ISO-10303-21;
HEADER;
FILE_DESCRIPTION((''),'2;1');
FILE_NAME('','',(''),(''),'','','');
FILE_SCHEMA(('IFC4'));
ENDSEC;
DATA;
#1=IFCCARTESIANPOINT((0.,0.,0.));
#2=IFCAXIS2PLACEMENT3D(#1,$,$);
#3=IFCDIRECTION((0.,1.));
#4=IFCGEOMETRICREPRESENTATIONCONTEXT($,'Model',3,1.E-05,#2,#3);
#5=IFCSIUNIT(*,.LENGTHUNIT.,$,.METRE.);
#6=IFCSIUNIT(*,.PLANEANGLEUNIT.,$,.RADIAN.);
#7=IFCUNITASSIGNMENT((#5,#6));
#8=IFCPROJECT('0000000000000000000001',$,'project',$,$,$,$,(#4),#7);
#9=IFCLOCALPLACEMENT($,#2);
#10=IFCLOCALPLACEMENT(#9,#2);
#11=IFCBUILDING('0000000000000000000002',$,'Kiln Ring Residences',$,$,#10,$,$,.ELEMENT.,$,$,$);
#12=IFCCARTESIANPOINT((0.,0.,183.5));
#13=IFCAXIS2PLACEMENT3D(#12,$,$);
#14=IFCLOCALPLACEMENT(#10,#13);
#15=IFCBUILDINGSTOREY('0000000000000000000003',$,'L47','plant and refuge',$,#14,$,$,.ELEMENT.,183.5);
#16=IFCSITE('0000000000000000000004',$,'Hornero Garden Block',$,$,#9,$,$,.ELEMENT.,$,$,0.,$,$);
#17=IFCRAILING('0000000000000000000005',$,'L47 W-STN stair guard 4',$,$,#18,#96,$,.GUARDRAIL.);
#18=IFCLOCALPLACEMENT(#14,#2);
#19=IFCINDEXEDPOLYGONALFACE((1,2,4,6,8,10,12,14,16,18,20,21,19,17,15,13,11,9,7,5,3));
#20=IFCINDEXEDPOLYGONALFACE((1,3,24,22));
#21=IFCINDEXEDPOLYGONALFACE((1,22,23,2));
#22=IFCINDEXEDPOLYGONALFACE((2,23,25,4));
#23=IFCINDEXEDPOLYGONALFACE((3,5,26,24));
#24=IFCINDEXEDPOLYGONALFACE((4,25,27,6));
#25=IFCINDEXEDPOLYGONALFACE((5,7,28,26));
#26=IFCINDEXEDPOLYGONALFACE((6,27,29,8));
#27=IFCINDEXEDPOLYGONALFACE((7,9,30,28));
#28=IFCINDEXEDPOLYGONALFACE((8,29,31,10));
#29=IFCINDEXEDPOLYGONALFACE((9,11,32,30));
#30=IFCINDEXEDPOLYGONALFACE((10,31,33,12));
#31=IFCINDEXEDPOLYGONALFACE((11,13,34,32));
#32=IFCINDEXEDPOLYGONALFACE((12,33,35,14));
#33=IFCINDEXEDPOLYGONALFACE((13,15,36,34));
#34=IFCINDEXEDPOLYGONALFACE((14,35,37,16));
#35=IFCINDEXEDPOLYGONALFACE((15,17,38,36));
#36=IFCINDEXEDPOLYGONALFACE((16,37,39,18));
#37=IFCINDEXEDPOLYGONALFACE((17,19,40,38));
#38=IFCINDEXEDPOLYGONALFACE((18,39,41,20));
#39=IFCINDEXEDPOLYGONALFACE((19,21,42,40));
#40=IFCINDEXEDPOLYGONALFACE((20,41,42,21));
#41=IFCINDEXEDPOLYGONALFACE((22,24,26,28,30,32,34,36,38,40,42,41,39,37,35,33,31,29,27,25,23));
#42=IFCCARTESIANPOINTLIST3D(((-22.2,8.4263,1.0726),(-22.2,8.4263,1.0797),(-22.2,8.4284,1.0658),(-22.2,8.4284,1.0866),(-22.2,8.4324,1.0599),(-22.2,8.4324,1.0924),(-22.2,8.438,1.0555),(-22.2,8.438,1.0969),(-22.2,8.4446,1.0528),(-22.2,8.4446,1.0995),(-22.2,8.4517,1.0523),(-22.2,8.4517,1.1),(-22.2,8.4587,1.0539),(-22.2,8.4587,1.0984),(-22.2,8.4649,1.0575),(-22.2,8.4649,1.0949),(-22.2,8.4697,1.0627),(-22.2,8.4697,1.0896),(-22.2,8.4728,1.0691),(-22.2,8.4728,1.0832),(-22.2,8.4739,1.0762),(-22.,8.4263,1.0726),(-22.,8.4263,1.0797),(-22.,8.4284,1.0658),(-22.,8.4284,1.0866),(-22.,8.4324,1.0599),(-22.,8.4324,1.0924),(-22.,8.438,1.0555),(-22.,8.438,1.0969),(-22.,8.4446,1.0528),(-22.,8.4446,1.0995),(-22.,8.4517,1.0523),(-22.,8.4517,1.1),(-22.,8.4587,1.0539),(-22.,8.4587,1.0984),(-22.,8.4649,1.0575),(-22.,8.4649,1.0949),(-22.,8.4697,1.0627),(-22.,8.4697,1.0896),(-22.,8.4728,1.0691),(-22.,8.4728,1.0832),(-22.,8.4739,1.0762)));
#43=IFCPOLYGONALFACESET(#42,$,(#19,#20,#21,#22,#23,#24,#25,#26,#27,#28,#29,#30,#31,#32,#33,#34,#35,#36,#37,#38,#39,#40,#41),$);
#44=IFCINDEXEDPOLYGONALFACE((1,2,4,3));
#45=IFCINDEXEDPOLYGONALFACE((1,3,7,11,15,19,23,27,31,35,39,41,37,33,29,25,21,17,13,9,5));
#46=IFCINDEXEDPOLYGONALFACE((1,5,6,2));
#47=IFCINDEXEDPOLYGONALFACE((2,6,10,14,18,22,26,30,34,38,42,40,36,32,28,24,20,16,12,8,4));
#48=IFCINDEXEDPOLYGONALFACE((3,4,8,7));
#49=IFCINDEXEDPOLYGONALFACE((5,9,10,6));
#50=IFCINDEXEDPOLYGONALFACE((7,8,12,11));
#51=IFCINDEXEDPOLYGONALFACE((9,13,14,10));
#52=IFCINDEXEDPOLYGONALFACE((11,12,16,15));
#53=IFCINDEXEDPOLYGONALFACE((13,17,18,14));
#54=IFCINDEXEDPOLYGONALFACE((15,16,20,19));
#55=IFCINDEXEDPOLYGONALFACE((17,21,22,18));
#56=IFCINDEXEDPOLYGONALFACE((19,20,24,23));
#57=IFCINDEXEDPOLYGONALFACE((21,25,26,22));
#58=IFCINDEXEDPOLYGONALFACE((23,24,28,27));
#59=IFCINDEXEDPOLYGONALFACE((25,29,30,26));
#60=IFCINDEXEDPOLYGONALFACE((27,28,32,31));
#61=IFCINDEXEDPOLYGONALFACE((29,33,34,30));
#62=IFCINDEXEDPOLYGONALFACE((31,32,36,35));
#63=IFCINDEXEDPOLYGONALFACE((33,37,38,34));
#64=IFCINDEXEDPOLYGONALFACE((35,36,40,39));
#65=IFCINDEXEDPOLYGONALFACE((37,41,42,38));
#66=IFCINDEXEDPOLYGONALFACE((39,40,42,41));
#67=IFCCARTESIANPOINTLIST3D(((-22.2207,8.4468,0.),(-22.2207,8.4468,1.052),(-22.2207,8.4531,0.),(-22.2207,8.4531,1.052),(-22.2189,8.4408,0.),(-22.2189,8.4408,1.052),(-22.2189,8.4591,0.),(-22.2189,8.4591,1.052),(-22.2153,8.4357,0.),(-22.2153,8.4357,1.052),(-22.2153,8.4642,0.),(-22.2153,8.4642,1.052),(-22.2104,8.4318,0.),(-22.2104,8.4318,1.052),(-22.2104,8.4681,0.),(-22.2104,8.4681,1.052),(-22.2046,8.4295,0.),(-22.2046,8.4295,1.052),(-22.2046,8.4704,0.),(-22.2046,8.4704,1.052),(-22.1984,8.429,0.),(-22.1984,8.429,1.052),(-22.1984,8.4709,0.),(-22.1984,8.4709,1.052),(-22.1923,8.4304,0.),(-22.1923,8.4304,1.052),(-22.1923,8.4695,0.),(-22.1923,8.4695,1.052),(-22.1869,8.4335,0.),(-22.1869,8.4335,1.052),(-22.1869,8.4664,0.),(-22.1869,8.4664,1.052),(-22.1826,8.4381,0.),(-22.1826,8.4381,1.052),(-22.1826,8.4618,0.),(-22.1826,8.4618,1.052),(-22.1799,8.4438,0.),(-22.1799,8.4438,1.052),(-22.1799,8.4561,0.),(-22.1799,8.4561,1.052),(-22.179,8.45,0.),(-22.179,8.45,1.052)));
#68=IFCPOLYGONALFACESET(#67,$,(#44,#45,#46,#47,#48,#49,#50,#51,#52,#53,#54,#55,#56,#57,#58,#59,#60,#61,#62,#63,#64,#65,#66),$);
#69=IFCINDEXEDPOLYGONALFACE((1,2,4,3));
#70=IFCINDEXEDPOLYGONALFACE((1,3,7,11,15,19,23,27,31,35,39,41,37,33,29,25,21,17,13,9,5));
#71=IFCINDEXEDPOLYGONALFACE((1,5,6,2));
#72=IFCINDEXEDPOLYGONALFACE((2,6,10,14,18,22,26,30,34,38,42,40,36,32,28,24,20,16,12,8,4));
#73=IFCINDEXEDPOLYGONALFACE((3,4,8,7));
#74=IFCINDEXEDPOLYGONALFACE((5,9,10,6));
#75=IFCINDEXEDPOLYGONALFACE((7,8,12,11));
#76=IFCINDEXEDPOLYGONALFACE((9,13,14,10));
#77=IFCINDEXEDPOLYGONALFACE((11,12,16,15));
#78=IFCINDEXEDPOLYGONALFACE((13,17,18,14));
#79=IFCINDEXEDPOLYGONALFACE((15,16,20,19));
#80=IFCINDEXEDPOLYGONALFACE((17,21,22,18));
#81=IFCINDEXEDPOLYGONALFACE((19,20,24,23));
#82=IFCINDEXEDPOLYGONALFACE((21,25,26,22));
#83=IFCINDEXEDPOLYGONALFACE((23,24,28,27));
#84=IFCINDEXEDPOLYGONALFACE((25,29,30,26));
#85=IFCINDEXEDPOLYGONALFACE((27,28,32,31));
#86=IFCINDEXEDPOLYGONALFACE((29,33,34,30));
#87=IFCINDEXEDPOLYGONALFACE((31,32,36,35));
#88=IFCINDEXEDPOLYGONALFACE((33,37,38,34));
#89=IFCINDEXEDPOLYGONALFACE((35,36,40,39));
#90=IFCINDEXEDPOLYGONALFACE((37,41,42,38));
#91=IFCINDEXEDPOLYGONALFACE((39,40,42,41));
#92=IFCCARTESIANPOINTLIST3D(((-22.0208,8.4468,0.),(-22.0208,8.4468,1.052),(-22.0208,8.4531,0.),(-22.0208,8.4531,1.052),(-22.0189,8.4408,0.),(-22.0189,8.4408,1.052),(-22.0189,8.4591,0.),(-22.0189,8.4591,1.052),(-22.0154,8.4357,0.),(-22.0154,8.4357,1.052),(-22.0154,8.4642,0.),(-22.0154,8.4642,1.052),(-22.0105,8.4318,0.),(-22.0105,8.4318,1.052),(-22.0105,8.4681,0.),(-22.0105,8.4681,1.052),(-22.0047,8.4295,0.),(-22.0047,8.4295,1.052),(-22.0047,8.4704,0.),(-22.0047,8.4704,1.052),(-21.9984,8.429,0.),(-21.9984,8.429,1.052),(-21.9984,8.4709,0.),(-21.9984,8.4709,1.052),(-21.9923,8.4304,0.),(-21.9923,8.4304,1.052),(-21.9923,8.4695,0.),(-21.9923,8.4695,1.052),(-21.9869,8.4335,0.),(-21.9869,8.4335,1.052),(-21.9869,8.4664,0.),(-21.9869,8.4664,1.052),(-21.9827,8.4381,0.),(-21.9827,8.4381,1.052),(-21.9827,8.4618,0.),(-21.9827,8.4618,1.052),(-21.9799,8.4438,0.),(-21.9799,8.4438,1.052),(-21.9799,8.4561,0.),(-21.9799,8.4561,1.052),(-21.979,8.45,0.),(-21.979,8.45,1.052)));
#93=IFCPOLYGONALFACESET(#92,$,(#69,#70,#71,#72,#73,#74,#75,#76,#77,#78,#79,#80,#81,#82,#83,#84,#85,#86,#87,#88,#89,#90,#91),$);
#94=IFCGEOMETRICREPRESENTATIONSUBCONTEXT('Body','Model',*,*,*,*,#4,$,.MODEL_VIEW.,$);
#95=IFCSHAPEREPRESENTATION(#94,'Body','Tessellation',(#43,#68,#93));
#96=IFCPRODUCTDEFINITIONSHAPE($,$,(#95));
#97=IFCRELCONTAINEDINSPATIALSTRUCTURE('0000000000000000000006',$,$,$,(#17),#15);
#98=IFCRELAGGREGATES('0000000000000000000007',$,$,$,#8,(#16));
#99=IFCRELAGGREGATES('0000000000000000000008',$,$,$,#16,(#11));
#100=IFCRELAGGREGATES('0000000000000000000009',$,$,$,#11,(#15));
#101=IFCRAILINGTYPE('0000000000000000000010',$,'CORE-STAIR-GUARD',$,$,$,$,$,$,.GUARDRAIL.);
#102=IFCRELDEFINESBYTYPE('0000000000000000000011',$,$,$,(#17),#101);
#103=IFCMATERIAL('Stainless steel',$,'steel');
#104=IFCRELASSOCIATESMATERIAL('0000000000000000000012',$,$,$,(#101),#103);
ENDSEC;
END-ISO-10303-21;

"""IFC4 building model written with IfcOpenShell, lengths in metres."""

from ifc_helpers import new_model, si_unit, direction, frame, origin, origin_2d, place, context, subcontext, project, spatial, circle, extrude, material, type_object, element, save


model = new_model("IFC4")

# Units and contexts
model_context = context("Model", 3, precision=1e-05, world=origin(), true_north=direction((0.0, 1.0)))
body_context = subcontext(model_context, "Body", "Model", "MODEL_VIEW")
ifc_project = project(units=[si_unit("LENGTHUNIT", "METRE"), si_unit("PLANEANGLEUNIT", "RADIAN")], contexts=[model_context])

# Site, building, storey
site_placement = place(None, origin())
site = spatial("IfcSite", under=ifc_project, at=site_placement, Name="Hornero Garden Block", CompositionType="ELEMENT", RefElevation=0.0)
building_placement = place(site_placement, origin())
building = spatial("IfcBuilding", under=site, at=building_placement, Name="Kiln Ring Residences", CompositionType="ELEMENT")
storey_placement = place(building_placement, frame((0.0, 0.0, 183.5)))
storey = spatial("IfcBuildingStorey", under=building, at=storey_placement, Name="L47", Description="plant and refuge", CompositionType="ELEMENT", Elevation=183.5)

# Railing
ifc_material_1 = material(Name="Stainless steel", Category="steel")
railing_type_1 = type_object("IfcRailingType", Name="CORE-STAIR-GUARD", PredefinedType="GUARDRAIL", material=ifc_material_1)
railing_1_placement = place(storey_placement, frame((-22.2, 8.45, 0.0)))
element("IfcRailing", 1, at=railing_1_placement, inside=storey, type_object=railing_type_1, Name="L47 W-STN stair guard 4", PredefinedType="GUARDRAIL", context=body_context, shape_type="SweptSolid", body=[
    extrude(circle(Radius=0.0239, at=origin_2d()), frame((0.0, 0.0, 1.0762), z_axis=(1.0, 0.0, 0.0), x_axis=(0.0, 1.0, 0.0)), (0.0, 0.0, 1.0), 0.2),
    extrude(circle(Radius=0.021, at=origin_2d()), origin(), (0.0, 0.0, 1.0), 1.052),
    extrude(circle(Radius=0.021, at=origin_2d()), frame((0.2, 0.0, 0.0)), (0.0, 0.0, 1.0), 1.052),
])

save(model, "model.ifc")
